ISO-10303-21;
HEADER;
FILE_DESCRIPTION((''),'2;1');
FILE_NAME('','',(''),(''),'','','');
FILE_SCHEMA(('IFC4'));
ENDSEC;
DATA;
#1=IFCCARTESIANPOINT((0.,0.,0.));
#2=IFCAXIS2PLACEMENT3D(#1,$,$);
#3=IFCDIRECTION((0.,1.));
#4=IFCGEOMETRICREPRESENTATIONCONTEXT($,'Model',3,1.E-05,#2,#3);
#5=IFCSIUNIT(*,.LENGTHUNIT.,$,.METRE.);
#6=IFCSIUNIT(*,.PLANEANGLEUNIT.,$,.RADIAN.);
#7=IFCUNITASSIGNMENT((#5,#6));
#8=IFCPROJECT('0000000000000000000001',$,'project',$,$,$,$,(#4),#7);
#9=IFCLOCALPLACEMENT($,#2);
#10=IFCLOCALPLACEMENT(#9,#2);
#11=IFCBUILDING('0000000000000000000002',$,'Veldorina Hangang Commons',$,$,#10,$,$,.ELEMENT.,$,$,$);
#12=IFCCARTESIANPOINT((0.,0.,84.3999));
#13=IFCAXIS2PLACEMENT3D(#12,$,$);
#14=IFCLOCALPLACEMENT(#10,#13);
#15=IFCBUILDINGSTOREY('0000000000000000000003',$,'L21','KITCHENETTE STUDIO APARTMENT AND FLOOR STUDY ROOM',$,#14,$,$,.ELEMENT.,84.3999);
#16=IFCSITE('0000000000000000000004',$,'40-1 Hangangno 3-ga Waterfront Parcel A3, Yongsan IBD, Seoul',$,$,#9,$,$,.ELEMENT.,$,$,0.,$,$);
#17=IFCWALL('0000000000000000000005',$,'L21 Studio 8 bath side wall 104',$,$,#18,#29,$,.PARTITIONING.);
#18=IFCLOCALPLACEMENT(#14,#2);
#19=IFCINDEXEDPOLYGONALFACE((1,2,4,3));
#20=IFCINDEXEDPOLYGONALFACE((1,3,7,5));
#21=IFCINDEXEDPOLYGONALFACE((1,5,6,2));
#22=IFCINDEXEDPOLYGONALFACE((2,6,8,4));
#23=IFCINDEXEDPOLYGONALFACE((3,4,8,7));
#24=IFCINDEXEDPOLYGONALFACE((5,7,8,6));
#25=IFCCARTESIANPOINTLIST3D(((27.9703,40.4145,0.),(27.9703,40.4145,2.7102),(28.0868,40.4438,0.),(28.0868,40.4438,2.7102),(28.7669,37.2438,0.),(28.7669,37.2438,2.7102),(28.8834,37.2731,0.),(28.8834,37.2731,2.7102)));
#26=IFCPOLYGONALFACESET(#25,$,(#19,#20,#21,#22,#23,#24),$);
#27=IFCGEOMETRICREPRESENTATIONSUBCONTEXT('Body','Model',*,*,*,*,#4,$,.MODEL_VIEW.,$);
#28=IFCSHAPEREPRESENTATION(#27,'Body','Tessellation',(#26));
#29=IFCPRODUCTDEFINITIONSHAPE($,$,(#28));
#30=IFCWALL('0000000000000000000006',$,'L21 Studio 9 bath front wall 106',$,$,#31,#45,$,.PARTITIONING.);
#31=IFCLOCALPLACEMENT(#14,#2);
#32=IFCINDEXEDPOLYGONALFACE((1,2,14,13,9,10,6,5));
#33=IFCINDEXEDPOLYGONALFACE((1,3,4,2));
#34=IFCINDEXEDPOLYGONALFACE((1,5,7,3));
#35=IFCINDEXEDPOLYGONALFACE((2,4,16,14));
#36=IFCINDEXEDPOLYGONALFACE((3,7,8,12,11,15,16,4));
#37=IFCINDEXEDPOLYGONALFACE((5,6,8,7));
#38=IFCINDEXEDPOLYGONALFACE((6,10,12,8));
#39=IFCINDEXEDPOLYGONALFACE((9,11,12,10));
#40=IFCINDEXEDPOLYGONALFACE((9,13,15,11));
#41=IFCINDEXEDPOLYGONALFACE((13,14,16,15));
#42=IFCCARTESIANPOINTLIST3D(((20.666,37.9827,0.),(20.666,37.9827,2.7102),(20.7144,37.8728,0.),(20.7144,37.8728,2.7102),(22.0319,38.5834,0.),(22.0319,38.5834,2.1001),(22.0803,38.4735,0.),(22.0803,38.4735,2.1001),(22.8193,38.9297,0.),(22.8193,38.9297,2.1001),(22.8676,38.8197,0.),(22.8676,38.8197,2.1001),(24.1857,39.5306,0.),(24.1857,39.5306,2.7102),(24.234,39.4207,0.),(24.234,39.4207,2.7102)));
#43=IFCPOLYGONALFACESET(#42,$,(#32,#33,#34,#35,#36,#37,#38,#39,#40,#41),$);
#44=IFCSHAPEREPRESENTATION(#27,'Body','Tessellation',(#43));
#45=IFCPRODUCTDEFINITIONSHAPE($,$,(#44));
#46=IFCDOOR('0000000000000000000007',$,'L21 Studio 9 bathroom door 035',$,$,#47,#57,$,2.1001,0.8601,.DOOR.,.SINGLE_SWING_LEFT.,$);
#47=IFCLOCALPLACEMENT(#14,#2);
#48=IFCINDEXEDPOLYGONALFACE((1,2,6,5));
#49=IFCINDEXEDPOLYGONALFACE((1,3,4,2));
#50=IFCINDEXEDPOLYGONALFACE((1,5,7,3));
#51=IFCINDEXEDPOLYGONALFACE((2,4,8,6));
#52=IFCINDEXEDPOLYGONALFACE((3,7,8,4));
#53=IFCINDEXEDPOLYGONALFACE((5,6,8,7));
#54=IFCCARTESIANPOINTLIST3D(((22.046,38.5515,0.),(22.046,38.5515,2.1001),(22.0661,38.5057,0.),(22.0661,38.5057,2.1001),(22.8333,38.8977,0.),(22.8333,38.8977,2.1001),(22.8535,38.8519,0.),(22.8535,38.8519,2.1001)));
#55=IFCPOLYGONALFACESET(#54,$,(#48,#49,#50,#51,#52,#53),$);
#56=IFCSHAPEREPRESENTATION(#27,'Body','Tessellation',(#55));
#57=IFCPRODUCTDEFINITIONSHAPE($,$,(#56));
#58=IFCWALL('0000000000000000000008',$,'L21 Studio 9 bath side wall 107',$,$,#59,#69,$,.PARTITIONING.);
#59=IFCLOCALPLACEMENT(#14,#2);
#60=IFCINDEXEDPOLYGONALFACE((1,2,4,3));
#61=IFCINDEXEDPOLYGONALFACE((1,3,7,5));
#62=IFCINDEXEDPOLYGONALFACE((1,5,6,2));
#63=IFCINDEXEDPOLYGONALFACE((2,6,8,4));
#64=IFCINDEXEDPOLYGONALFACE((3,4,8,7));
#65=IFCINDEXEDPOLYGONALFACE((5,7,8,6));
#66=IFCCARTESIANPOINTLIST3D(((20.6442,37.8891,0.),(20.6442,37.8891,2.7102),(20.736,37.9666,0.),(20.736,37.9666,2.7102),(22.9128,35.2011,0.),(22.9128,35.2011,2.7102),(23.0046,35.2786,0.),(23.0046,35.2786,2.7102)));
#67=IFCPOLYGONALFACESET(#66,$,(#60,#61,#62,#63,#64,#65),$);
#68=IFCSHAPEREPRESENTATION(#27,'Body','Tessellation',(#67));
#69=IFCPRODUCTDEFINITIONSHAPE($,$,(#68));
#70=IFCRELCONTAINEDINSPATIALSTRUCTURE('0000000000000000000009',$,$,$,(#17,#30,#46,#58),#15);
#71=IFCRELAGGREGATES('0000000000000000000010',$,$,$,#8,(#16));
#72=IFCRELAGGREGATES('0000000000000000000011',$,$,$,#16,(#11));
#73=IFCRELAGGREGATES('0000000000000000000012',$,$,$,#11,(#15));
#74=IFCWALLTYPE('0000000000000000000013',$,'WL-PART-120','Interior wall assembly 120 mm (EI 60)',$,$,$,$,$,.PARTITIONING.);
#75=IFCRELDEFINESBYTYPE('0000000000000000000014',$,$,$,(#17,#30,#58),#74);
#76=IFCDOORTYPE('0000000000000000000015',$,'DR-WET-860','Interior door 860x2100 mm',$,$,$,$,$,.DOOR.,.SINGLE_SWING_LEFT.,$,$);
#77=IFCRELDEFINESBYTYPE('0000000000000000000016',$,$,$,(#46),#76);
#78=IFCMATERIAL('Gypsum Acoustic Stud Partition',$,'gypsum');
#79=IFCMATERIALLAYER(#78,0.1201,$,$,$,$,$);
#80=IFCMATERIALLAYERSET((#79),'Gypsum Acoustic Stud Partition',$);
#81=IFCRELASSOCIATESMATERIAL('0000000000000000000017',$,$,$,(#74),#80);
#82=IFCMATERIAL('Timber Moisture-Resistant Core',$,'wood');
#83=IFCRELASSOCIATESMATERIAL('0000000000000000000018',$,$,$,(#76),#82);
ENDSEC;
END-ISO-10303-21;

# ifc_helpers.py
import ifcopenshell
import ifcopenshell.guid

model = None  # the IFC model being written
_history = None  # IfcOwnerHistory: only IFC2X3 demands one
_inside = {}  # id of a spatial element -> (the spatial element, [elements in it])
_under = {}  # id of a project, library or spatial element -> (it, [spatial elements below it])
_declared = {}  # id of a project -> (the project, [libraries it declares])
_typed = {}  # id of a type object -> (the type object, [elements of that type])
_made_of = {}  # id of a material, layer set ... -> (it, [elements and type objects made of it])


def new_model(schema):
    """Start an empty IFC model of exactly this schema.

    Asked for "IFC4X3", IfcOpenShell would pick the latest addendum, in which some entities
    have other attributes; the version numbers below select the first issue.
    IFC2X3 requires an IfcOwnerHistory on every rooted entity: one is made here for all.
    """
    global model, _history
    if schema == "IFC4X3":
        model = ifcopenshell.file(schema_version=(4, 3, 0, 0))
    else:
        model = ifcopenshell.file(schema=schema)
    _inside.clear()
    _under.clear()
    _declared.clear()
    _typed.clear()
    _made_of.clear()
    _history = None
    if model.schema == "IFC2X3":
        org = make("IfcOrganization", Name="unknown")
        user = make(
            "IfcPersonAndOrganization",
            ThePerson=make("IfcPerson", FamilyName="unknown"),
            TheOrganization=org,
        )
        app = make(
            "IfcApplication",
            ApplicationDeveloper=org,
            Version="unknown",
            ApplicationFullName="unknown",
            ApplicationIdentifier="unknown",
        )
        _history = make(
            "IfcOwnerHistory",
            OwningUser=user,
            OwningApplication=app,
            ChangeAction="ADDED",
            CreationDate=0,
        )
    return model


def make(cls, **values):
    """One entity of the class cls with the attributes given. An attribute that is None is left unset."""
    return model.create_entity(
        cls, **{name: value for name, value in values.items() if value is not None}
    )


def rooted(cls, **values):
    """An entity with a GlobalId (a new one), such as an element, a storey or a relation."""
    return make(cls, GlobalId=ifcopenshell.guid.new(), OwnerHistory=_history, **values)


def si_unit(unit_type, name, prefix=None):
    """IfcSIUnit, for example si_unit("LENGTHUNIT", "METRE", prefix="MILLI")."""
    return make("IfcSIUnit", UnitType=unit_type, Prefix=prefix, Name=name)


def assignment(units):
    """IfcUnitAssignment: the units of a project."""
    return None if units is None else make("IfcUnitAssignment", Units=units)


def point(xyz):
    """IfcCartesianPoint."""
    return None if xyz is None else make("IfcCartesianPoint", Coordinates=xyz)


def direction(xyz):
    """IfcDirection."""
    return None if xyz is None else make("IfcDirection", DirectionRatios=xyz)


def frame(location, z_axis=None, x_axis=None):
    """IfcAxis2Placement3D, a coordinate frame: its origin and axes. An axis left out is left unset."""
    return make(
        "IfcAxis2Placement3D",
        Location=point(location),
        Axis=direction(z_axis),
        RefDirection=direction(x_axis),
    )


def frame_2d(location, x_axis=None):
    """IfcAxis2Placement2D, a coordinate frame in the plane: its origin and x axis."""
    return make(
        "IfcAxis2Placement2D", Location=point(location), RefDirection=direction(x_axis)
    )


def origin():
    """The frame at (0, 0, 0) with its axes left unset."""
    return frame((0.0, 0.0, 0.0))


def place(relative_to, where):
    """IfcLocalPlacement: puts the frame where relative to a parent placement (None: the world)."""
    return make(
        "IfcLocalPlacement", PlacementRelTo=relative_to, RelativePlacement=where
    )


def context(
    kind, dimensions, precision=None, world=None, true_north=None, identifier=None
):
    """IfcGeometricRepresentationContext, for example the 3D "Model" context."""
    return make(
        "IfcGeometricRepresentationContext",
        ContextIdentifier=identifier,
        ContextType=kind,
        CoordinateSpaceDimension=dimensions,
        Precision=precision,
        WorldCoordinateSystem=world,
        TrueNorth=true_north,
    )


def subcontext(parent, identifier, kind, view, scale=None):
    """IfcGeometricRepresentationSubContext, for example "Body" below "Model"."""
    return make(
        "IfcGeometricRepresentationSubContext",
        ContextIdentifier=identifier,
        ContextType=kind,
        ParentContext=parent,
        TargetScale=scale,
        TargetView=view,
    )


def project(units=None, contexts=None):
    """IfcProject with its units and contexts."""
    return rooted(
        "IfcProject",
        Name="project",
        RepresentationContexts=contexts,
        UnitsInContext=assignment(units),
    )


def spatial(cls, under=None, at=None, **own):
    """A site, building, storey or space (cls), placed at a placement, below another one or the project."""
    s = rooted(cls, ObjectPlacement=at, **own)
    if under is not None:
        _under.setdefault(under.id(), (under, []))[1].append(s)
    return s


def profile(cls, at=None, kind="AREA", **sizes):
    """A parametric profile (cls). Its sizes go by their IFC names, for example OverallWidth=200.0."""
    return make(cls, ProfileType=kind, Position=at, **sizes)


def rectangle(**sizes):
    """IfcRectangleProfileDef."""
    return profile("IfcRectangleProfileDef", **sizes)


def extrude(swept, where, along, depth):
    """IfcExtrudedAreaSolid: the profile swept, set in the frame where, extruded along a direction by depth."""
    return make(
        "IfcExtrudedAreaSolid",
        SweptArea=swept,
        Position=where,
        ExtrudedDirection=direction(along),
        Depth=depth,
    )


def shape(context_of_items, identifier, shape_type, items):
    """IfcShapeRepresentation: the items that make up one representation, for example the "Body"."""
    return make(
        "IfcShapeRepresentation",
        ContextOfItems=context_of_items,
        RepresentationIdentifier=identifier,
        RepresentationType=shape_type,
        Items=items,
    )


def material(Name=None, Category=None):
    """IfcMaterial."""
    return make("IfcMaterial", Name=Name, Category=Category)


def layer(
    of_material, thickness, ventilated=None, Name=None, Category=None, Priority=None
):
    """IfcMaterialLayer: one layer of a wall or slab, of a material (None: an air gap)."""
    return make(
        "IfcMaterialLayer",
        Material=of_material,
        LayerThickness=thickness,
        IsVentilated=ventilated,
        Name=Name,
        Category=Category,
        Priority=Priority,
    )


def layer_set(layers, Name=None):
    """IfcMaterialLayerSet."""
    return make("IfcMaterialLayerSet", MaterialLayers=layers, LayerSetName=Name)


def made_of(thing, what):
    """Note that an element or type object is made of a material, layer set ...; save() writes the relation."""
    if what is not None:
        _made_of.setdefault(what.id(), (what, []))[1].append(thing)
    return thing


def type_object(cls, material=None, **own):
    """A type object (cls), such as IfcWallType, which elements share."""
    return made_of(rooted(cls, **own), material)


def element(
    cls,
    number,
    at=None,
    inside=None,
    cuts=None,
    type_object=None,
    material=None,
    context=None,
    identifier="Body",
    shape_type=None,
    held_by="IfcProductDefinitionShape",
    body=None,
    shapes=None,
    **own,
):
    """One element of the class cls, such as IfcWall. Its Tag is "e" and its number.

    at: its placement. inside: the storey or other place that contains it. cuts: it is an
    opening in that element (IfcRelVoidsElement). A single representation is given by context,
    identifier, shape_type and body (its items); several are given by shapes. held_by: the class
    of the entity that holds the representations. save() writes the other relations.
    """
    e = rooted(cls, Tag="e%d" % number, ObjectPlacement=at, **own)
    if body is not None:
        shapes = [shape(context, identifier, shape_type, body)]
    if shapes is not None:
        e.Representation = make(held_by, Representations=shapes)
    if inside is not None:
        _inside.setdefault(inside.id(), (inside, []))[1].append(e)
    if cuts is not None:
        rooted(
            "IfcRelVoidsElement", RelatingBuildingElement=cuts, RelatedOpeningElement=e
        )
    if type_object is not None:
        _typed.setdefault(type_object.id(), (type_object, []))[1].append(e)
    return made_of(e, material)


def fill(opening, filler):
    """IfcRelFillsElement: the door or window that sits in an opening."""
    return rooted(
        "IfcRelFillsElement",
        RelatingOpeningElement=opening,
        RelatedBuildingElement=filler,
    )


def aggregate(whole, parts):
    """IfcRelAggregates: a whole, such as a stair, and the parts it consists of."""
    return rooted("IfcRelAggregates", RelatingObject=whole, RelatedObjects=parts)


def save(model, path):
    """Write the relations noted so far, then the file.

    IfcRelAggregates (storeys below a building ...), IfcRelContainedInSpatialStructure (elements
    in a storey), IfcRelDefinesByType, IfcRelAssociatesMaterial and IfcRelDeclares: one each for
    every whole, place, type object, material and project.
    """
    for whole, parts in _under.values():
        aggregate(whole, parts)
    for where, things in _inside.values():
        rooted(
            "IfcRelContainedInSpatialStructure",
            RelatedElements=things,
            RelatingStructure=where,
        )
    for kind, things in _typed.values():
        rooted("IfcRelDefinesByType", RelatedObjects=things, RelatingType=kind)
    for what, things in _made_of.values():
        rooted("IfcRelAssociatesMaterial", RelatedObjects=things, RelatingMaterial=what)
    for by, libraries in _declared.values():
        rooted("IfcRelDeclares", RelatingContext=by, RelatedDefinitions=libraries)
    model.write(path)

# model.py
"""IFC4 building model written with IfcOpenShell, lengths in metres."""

from ifc_helpers import new_model, si_unit, direction, frame, frame_2d, origin, place, context, subcontext, project, spatial, rectangle, extrude, material, layer, layer_set, type_object, element, fill, save


model = new_model("IFC4")

# Units and contexts
model_context = context("Model", 3, precision=1e-05, world=origin(), true_north=direction((0.0, 1.0)))
body_context = subcontext(model_context, "Body", "Model", "MODEL_VIEW")
ifc_project = project(units=[si_unit("LENGTHUNIT", "METRE"), si_unit("PLANEANGLEUNIT", "RADIAN")], contexts=[model_context])

# Site, building, storey
site_placement = place(None, origin())
site = spatial("IfcSite", under=ifc_project, at=site_placement, Name="40-1 Hangangno 3-ga Waterfront Parcel A3, Yongsan IBD, Seoul", CompositionType="ELEMENT", RefElevation=0.0)
building_placement = place(site_placement, origin())
building = spatial("IfcBuilding", under=site, at=building_placement, Name="Veldorina Hangang Commons", CompositionType="ELEMENT")
storey_placement = place(building_placement, frame((0.0, 0.0, 84.3999)))
storey = spatial("IfcBuildingStorey", under=building, at=storey_placement, Name="L21", Description="KITCHENETTE STUDIO APARTMENT AND FLOOR STUDY ROOM", CompositionType="ELEMENT", Elevation=84.3999)

# Wall
ifc_material_1 = material(Name="Gypsum Acoustic Stud Partition", Category="gypsum")
ifc_layer_1 = layer(ifc_material_1, 0.1201)
ifc_layer_set_1 = layer_set([ifc_layer_1], Name="Gypsum Acoustic Stud Partition")
wall_type_1 = type_object("IfcWallType", Name="WL-PART-120", Description="Interior wall assembly 120 mm (EI 60)", PredefinedType="PARTITIONING", material=ifc_layer_set_1)
wall_1_placement = place(storey_placement, frame((28.8252, 37.2583, 0.0), z_axis=(0.0, 0.0, 1.0), x_axis=(-0.243678, 0.969856, 0.0)))
element("IfcWall", 1, at=wall_1_placement, inside=storey, type_object=wall_type_1, Name="L21 Studio 8 bath side wall 104", PredefinedType="PARTITIONING", context=body_context, shape_type="SweptSolid", body=[
    extrude(rectangle(XDim=3.2693, YDim=0.1201, at=frame_2d((1.6348, 0.0))), origin(), (0.0, 0.0, 1.0), 2.7102),
])

# Wall, opening, door
wall_2_placement = place(storey_placement, frame((24.2097, 39.4756, 0.0), z_axis=(0.0, 0.0, 1.0), x_axis=(-0.915386, -0.402577, 0.0)))
wall_2 = element("IfcWall", 2, at=wall_2_placement, inside=storey, type_object=wall_type_1, Name="L21 Studio 9 bath front wall 106", PredefinedType="PARTITIONING", context=body_context, shape_type="SweptSolid", body=[
    extrude(rectangle(XDim=3.845, YDim=0.1201, at=frame_2d((1.9224, 0.0))), origin(), (0.0, 0.0, 1.0), 2.7102),
])
opening_1_placement = place(wall_2_placement, frame((1.4924, 0.0, 0.0)))
opening_1 = element("IfcOpeningElement", 3, at=opening_1_placement, cuts=wall_2, PredefinedType="OPENING", context=body_context, shape_type="SweptSolid", body=[
    extrude(rectangle(XDim=0.8601, YDim=2.1001, at=frame_2d((0.4302, 1.05))), frame((0.0, 0.0701, 0.0), z_axis=(0.0, -1.0, 0.0), x_axis=(1.0, 0.0, 0.0)), (0.0, 0.0, 1.0), 0.1401),
])
ifc_material_2 = material(Name="Timber Moisture-Resistant Core", Category="wood")
door_type_1 = type_object("IfcDoorType", Name="DR-WET-860", Description="Interior door 860x2100 mm", OperationType="SINGLE_SWING_LEFT", PredefinedType="DOOR", material=ifc_material_2)
door_1_placement = place(opening_1_placement, origin())
door_1 = element("IfcDoor", 4, at=door_1_placement, inside=storey, type_object=door_type_1, Name="L21 Studio 9 bathroom door 035", OperationType="SINGLE_SWING_LEFT", OverallHeight=2.1001, OverallWidth=0.8601, PredefinedType="DOOR", context=body_context, shape_type="SweptSolid", body=[
    extrude(rectangle(XDim=0.8601, YDim=2.1001, at=frame_2d((0.4302, 1.05))), frame((0.0, 0.0249, 0.0), z_axis=(0.0, -1.0, 0.0), x_axis=(1.0, 0.0, 0.0)), (0.0, 0.0, 1.0), 0.05),
])
fill(opening_1, door_1)

# Wall
wall_3_placement = place(storey_placement, frame((22.9587, 35.2397, 0.0), z_axis=(0.0, 0.0, 1.0), x_axis=(-0.644965, 0.764212, 0.0)))
element("IfcWall", 5, at=wall_3_placement, inside=storey, type_object=wall_type_1, Name="L21 Studio 9 bath side wall 107", PredefinedType="PARTITIONING", context=body_context, shape_type="SweptSolid", body=[
    extrude(rectangle(XDim=3.5173, YDim=0.1201, at=frame_2d((1.7588, 0.0))), origin(), (0.0, 0.0, 1.0), 2.7102),
])

save(model, "model.ifc")
